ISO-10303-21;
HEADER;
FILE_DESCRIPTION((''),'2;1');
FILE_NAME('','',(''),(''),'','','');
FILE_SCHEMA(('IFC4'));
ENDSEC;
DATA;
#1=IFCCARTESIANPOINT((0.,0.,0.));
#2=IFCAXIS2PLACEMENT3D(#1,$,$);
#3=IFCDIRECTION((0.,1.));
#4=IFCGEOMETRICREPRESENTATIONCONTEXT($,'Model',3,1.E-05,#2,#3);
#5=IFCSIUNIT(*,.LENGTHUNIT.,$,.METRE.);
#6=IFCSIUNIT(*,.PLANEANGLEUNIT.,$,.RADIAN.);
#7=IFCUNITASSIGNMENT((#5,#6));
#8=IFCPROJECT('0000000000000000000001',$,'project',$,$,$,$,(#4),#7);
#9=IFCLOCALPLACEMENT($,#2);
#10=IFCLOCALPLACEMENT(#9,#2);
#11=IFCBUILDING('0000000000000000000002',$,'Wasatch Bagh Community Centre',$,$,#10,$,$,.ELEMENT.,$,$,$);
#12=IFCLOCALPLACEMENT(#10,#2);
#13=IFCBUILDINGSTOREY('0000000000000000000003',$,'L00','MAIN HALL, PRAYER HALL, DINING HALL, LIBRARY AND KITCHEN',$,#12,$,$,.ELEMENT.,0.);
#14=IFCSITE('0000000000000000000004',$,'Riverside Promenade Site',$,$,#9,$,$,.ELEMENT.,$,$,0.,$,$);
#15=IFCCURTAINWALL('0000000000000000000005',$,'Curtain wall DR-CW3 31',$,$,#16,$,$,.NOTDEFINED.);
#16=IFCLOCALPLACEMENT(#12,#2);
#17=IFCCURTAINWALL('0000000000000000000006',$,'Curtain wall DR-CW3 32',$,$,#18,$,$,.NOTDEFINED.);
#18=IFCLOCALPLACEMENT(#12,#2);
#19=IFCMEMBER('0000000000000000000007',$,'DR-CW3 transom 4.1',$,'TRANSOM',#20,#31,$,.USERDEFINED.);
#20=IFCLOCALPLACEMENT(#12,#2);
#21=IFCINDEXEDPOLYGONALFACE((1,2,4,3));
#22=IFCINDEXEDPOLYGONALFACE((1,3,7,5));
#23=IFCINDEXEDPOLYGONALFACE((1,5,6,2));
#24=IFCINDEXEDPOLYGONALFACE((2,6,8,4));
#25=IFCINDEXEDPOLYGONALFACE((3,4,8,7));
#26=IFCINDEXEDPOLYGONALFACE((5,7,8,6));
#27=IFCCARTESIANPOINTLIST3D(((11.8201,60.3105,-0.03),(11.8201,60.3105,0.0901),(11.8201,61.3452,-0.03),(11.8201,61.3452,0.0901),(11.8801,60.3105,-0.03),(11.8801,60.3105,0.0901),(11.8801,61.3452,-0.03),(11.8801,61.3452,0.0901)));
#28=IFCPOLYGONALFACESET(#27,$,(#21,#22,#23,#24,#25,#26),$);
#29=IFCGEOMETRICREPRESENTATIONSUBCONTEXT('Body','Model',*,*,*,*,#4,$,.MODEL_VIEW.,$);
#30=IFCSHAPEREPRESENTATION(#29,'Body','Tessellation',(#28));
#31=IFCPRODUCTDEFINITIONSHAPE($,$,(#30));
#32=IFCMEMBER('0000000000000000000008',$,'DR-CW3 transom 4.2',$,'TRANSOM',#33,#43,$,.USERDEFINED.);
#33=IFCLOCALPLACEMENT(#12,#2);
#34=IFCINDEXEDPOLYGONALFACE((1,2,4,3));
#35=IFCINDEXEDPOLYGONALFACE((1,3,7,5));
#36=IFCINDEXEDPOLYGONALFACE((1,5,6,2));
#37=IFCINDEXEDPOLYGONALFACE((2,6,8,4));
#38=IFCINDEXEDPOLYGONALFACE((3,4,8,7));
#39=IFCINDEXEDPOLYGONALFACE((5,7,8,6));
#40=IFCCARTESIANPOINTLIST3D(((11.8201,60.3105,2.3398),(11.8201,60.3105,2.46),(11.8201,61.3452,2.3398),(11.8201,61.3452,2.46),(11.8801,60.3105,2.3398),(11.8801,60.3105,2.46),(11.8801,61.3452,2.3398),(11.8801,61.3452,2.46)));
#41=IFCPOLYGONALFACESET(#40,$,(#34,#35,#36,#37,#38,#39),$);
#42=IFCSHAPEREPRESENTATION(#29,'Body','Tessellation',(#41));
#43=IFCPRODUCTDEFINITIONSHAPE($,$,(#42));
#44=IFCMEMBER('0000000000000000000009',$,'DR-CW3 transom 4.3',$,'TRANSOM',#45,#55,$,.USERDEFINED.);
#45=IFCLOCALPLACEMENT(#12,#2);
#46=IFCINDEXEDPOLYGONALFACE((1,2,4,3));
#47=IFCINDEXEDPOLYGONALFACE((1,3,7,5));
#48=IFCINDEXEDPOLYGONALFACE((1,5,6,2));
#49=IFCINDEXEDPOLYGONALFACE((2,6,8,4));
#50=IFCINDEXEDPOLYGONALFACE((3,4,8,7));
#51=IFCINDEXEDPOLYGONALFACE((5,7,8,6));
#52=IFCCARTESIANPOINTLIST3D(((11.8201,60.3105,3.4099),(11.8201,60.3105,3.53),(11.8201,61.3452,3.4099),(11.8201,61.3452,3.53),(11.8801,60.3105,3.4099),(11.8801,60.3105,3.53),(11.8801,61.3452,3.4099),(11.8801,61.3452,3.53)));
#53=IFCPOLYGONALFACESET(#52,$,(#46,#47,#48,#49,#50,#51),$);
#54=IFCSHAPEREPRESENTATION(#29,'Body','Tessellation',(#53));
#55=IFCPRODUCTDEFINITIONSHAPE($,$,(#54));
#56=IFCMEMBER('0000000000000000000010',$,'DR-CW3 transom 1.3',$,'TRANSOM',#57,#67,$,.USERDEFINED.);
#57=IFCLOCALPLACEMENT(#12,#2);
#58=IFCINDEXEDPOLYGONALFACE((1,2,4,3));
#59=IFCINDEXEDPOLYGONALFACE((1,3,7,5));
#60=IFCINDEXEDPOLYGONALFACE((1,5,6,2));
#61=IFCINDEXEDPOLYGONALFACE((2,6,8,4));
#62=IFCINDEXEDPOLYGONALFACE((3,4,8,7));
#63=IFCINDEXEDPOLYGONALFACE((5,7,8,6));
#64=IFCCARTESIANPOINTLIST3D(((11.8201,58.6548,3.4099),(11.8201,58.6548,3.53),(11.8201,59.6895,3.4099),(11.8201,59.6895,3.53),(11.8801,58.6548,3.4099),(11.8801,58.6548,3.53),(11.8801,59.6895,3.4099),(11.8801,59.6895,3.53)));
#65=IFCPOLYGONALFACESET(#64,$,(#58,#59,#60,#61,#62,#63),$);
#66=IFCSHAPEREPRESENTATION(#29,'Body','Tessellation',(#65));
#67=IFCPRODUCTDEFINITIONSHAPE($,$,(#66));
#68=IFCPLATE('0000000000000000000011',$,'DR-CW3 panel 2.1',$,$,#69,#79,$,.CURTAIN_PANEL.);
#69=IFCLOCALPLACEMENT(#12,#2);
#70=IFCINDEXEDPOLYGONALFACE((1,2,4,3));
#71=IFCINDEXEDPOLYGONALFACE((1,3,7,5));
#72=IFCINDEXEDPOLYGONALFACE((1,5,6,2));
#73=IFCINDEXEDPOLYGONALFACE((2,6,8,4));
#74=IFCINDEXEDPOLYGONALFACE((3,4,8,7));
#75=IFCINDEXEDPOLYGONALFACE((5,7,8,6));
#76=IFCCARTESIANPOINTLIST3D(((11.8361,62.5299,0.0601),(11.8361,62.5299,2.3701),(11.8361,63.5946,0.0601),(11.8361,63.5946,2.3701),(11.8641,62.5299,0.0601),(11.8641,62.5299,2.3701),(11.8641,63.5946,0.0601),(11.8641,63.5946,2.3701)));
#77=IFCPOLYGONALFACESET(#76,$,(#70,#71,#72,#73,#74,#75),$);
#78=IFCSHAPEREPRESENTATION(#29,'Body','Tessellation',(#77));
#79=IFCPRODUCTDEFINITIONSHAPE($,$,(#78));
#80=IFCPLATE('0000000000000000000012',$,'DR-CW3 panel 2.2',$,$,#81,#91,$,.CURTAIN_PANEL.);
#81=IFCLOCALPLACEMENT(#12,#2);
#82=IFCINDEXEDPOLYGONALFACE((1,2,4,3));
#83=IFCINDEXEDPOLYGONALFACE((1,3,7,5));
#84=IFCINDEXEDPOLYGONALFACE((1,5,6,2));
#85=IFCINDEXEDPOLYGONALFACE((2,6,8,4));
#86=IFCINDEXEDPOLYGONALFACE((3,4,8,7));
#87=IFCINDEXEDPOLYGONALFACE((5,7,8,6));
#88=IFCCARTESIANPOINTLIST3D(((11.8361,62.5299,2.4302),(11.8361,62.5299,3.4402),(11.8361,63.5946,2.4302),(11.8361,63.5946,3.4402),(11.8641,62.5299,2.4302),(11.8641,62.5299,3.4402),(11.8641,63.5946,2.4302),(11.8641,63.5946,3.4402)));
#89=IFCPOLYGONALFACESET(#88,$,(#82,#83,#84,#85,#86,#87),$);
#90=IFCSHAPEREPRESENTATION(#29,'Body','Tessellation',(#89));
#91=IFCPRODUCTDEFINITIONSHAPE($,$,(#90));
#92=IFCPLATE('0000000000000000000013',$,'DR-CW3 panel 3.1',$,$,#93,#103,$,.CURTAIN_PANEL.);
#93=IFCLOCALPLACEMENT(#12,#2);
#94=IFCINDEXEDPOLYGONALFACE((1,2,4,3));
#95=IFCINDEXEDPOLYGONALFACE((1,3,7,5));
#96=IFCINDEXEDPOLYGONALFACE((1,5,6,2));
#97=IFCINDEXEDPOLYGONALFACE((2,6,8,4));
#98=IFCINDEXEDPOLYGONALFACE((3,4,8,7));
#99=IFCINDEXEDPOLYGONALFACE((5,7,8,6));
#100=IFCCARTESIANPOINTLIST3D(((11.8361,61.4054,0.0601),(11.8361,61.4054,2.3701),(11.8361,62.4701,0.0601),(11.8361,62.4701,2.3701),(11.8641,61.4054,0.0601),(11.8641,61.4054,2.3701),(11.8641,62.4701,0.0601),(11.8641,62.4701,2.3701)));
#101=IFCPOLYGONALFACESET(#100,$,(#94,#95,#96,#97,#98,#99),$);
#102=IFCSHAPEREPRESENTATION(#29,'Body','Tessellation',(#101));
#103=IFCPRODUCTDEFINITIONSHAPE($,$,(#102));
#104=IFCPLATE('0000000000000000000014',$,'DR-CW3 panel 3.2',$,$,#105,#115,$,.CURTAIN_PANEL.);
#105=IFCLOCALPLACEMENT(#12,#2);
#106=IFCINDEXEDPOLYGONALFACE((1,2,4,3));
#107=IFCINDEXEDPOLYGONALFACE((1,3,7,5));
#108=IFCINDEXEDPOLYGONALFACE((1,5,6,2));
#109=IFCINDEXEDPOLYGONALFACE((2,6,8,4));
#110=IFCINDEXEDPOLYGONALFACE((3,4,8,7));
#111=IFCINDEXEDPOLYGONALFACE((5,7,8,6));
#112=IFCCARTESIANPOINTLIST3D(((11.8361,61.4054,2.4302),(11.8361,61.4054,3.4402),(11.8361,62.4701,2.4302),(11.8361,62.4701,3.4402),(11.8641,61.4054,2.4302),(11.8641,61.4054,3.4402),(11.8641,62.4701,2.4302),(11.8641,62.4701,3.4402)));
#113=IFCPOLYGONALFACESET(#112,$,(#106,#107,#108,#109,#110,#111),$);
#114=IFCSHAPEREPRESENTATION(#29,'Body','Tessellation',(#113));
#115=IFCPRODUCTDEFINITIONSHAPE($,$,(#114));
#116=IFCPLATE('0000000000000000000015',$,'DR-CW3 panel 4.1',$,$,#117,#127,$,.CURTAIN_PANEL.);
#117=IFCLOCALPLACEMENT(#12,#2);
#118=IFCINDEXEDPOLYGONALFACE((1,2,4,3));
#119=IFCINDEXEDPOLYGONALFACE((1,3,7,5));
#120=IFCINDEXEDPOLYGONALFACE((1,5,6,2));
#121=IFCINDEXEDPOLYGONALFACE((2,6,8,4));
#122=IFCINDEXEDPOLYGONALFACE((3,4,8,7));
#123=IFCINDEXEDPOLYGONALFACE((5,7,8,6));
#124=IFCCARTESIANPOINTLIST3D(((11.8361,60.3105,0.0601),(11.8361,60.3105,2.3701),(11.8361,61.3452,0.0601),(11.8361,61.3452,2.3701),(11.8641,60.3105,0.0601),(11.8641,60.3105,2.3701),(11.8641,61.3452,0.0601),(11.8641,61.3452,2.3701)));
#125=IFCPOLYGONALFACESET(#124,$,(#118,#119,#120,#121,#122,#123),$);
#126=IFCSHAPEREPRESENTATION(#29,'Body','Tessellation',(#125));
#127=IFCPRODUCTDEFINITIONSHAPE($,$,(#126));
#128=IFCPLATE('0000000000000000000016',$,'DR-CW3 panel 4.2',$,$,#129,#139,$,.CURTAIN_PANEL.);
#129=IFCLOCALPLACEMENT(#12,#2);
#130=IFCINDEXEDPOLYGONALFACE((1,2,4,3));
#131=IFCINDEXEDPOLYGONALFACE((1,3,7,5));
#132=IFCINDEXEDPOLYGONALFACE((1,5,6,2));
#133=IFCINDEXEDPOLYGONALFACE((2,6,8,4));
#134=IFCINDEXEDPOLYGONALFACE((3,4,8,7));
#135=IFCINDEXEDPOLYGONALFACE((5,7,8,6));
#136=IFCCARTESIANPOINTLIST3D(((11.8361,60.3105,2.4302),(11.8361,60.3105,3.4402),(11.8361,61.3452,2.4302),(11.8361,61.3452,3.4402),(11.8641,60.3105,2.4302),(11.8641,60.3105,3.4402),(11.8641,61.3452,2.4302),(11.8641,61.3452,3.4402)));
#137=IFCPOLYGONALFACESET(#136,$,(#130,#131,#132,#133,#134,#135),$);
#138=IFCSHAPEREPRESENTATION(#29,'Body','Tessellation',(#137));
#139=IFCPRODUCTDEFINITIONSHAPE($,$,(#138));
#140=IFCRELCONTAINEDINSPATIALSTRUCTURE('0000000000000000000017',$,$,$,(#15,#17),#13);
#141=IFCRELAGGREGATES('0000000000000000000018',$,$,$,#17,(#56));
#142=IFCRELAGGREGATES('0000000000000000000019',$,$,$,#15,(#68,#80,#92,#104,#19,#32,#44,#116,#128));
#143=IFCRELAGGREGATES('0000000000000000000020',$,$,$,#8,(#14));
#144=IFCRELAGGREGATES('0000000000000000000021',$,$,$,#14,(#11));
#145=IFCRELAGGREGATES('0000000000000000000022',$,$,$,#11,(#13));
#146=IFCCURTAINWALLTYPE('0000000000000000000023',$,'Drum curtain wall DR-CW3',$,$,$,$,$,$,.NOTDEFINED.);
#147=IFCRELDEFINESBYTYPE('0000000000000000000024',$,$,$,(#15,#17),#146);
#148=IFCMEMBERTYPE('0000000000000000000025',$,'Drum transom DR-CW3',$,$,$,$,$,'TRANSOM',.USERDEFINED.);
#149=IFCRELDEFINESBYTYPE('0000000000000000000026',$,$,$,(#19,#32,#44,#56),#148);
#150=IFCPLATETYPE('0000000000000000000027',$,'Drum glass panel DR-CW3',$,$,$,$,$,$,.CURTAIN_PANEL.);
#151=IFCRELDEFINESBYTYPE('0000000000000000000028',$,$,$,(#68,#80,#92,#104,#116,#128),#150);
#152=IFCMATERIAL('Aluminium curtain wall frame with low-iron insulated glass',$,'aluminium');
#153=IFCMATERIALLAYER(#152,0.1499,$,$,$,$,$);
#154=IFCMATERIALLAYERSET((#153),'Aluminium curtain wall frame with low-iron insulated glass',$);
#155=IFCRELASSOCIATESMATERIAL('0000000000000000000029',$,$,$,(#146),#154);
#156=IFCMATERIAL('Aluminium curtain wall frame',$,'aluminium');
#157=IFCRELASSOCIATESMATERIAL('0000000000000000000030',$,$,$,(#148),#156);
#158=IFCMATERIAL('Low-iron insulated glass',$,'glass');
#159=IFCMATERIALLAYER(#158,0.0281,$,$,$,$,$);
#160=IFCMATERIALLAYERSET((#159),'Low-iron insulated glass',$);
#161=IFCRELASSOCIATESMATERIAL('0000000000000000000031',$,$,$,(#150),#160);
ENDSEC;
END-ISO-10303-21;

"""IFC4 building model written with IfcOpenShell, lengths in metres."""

from ifc_helpers import new_model, si_unit, direction, frame, origin, origin_2d, place, context, subcontext, project, spatial, rectangle, extrude, material, layer, layer_set, material_profile, profile_set, type_object, element, aggregate, save


model = new_model("IFC4")

# Units and contexts
model_context = context("Model", 3, precision=1e-05, world=origin(), true_north=direction((0.0, 1.0)))
body_context = subcontext(model_context, "Body", "Model", "MODEL_VIEW")
ifc_project = project(units=[si_unit("LENGTHUNIT", "METRE"), si_unit("PLANEANGLEUNIT", "RADIAN")], contexts=[model_context])

# Site, building, storey
site_placement = place(None, origin())
site = spatial("IfcSite", under=ifc_project, at=site_placement, Name="Riverside Promenade Site", CompositionType="ELEMENT", RefElevation=0.0)
building_placement = place(site_placement, origin())
building = spatial("IfcBuilding", under=site, at=building_placement, Name="Wasatch Bagh Community Centre", CompositionType="ELEMENT")
storey_placement = place(building_placement, origin())
storey = spatial("IfcBuildingStorey", under=building, at=storey_placement, Name="L00", Description="MAIN HALL, PRAYER HALL, DINING HALL, LIBRARY AND KITCHEN", CompositionType="ELEMENT", Elevation=0.0)

# Curtain wall
ifc_material_1 = material(Name="Aluminium curtain wall frame with low-iron insulated glass", Category="aluminium")
ifc_layer_1 = layer(ifc_material_1, 0.1499)
ifc_layer_set_1 = layer_set([ifc_layer_1], Name="Aluminium curtain wall frame with low-iron insulated glass")
curtain_wall_type = type_object("IfcCurtainWallType", Name="Drum curtain wall DR-CW3", PredefinedType="NOTDEFINED", material=ifc_layer_set_1)
curtain_wall_1_placement = place(storey_placement, origin())
curtain_wall_1 = element("IfcCurtainWall", 1, at=curtain_wall_1_placement, inside=storey, type_object=curtain_wall_type, Name="Curtain wall DR-CW3 31", PredefinedType="NOTDEFINED")
ifc_material_2 = material(Name="Aluminium curtain wall frame", Category="aluminium")

# Curtain wall
curtain_wall_2_placement = place(storey_placement, origin())
curtain_wall_2 = element("IfcCurtainWall", 2, at=curtain_wall_2_placement, inside=storey, type_object=curtain_wall_type, Name="Curtain wall DR-CW3 32", PredefinedType="NOTDEFINED")

# Members
ifc_material_profile_1 = material_profile(ifc_material_2, rectangle(XDim=0.0601, YDim=0.1201, at=origin_2d()), Name="Drum transom DR-CW3")
ifc_profile_set_1 = profile_set([ifc_material_profile_1], Name="Aluminium curtain wall frame")
member_type_1 = type_object("IfcMemberType", Name="Drum transom DR-CW3", ElementType="TRANSOM", PredefinedType="USERDEFINED", material=ifc_profile_set_1)
member_1_placement = place(storey_placement, frame((11.8501, 61.3452, 0.03), z_axis=(0.0, -1.0, 0.0), x_axis=(1.0, 0.0, 0.0)))
member_1 = element("IfcMember", 3, at=member_1_placement, type_object=member_type_1, Name="DR-CW3 transom 4.1", ObjectType="TRANSOM", PredefinedType="USERDEFINED", context=body_context, shape_type="SweptSolid", body=[
    extrude(rectangle(XDim=0.0601, YDim=0.1201, at=origin_2d()), origin(), (0.0, 0.0, 1.0), 1.0347),
])
member_2_placement = place(storey_placement, frame((11.8501, 61.3452, 2.3999), z_axis=(0.0, -1.0, 0.0), x_axis=(1.0, 0.0, 0.0)))
member_2 = element("IfcMember", 4, at=member_2_placement, type_object=member_type_1, Name="DR-CW3 transom 4.2", ObjectType="TRANSOM", PredefinedType="USERDEFINED", context=body_context, shape_type="SweptSolid", body=[
    extrude(rectangle(XDim=0.0601, YDim=0.1201, at=origin_2d()), origin(), (0.0, 0.0, 1.0), 1.0347),
])
member_3_placement = place(storey_placement, frame((11.8501, 61.3452, 3.47), z_axis=(0.0, -1.0, 0.0), x_axis=(1.0, 0.0, 0.0)))
member_3 = element("IfcMember", 5, at=member_3_placement, type_object=member_type_1, Name="DR-CW3 transom 4.3", ObjectType="TRANSOM", PredefinedType="USERDEFINED", context=body_context, shape_type="SweptSolid", body=[
    extrude(rectangle(XDim=0.0601, YDim=0.1201, at=origin_2d()), origin(), (0.0, 0.0, 1.0), 1.0347),
])
member_4_placement = place(storey_placement, frame((11.8501, 59.6895, 3.47), z_axis=(0.0, -1.0, 0.0), x_axis=(1.0, 0.0, 0.0)))
member_4 = element("IfcMember", 6, at=member_4_placement, type_object=member_type_1, Name="DR-CW3 transom 1.3", ObjectType="TRANSOM", PredefinedType="USERDEFINED", context=body_context, shape_type="SweptSolid", body=[
    extrude(rectangle(XDim=0.0601, YDim=0.1201, at=origin_2d()), origin(), (0.0, 0.0, 1.0), 1.0347),
])
aggregate(curtain_wall_2, [member_4])

# Plates
ifc_material_3 = material(Name="Low-iron insulated glass", Category="glass")
ifc_layer_2 = layer(ifc_material_3, 0.0281)
ifc_layer_set_2 = layer_set([ifc_layer_2], Name="Low-iron insulated glass")
plate_type = type_object("IfcPlateType", Name="Drum glass panel DR-CW3", PredefinedType="CURTAIN_PANEL", material=ifc_layer_set_2)
plate_1_placement = place(storey_placement, frame((11.8501, 63.0623, 0.0601), z_axis=(0.0, 0.0, 1.0), x_axis=(0.0, -1.0, 0.0)))
plate_1 = element("IfcPlate", 7, at=plate_1_placement, type_object=plate_type, Name="DR-CW3 panel 2.1", PredefinedType="CURTAIN_PANEL", context=body_context, shape_type="SweptSolid", body=[
    extrude(rectangle(XDim=1.0647, YDim=0.0281, at=origin_2d()), origin(), (0.0, 0.0, 1.0), 2.3101),
])
plate_2_placement = place(storey_placement, frame((11.8501, 63.0623, 2.4302), z_axis=(0.0, 0.0, 1.0), x_axis=(0.0, -1.0, 0.0)))
plate_2 = element("IfcPlate", 8, at=plate_2_placement, type_object=plate_type, Name="DR-CW3 panel 2.2", PredefinedType="CURTAIN_PANEL", context=body_context, shape_type="SweptSolid", body=[
    extrude(rectangle(XDim=1.0647, YDim=0.0281, at=origin_2d()), origin(), (0.0, 0.0, 1.0), 1.01),
])
plate_3_placement = place(storey_placement, frame((11.8501, 61.9377, 0.0601), z_axis=(0.0, 0.0, 1.0), x_axis=(0.0, -1.0, 0.0)))
plate_3 = element("IfcPlate", 9, at=plate_3_placement, type_object=plate_type, Name="DR-CW3 panel 3.1", PredefinedType="CURTAIN_PANEL", context=body_context, shape_type="SweptSolid", body=[
    extrude(rectangle(XDim=1.0647, YDim=0.0281, at=origin_2d()), origin(), (0.0, 0.0, 1.0), 2.3101),
])
plate_4_placement = place(storey_placement, frame((11.8501, 61.9377, 2.4302), z_axis=(0.0, 0.0, 1.0), x_axis=(0.0, -1.0, 0.0)))
plate_4 = element("IfcPlate", 10, at=plate_4_placement, type_object=plate_type, Name="DR-CW3 panel 3.2", PredefinedType="CURTAIN_PANEL", context=body_context, shape_type="SweptSolid", body=[
    extrude(rectangle(XDim=1.0647, YDim=0.0281, at=origin_2d()), origin(), (0.0, 0.0, 1.0), 1.01),
])
plate_5_placement = place(storey_placement, frame((11.8501, 60.8279, 0.0601), z_axis=(0.0, 0.0, 1.0), x_axis=(0.0, -1.0, 0.0)))
plate_5 = element("IfcPlate", 11, at=plate_5_placement, type_object=plate_type, Name="DR-CW3 panel 4.1", PredefinedType="CURTAIN_PANEL", context=body_context, shape_type="SweptSolid", body=[
    extrude(rectangle(XDim=1.0347, YDim=0.0281, at=origin_2d()), origin(), (0.0, 0.0, 1.0), 2.3101),
])
plate_6_placement = place(storey_placement, frame((11.8501, 60.8279, 2.4302), z_axis=(0.0, 0.0, 1.0), x_axis=(0.0, -1.0, 0.0)))
plate_6 = element("IfcPlate", 12, at=plate_6_placement, type_object=plate_type, Name="DR-CW3 panel 4.2", PredefinedType="CURTAIN_PANEL", context=body_context, shape_type="SweptSolid", body=[
    extrude(rectangle(XDim=1.0347, YDim=0.0281, at=origin_2d()), origin(), (0.0, 0.0, 1.0), 1.01),
])
aggregate(curtain_wall_1, [plate_1, plate_2, plate_3, plate_4, member_1, member_2, member_3, plate_5, plate_6])

save(model, "model.ifc")
